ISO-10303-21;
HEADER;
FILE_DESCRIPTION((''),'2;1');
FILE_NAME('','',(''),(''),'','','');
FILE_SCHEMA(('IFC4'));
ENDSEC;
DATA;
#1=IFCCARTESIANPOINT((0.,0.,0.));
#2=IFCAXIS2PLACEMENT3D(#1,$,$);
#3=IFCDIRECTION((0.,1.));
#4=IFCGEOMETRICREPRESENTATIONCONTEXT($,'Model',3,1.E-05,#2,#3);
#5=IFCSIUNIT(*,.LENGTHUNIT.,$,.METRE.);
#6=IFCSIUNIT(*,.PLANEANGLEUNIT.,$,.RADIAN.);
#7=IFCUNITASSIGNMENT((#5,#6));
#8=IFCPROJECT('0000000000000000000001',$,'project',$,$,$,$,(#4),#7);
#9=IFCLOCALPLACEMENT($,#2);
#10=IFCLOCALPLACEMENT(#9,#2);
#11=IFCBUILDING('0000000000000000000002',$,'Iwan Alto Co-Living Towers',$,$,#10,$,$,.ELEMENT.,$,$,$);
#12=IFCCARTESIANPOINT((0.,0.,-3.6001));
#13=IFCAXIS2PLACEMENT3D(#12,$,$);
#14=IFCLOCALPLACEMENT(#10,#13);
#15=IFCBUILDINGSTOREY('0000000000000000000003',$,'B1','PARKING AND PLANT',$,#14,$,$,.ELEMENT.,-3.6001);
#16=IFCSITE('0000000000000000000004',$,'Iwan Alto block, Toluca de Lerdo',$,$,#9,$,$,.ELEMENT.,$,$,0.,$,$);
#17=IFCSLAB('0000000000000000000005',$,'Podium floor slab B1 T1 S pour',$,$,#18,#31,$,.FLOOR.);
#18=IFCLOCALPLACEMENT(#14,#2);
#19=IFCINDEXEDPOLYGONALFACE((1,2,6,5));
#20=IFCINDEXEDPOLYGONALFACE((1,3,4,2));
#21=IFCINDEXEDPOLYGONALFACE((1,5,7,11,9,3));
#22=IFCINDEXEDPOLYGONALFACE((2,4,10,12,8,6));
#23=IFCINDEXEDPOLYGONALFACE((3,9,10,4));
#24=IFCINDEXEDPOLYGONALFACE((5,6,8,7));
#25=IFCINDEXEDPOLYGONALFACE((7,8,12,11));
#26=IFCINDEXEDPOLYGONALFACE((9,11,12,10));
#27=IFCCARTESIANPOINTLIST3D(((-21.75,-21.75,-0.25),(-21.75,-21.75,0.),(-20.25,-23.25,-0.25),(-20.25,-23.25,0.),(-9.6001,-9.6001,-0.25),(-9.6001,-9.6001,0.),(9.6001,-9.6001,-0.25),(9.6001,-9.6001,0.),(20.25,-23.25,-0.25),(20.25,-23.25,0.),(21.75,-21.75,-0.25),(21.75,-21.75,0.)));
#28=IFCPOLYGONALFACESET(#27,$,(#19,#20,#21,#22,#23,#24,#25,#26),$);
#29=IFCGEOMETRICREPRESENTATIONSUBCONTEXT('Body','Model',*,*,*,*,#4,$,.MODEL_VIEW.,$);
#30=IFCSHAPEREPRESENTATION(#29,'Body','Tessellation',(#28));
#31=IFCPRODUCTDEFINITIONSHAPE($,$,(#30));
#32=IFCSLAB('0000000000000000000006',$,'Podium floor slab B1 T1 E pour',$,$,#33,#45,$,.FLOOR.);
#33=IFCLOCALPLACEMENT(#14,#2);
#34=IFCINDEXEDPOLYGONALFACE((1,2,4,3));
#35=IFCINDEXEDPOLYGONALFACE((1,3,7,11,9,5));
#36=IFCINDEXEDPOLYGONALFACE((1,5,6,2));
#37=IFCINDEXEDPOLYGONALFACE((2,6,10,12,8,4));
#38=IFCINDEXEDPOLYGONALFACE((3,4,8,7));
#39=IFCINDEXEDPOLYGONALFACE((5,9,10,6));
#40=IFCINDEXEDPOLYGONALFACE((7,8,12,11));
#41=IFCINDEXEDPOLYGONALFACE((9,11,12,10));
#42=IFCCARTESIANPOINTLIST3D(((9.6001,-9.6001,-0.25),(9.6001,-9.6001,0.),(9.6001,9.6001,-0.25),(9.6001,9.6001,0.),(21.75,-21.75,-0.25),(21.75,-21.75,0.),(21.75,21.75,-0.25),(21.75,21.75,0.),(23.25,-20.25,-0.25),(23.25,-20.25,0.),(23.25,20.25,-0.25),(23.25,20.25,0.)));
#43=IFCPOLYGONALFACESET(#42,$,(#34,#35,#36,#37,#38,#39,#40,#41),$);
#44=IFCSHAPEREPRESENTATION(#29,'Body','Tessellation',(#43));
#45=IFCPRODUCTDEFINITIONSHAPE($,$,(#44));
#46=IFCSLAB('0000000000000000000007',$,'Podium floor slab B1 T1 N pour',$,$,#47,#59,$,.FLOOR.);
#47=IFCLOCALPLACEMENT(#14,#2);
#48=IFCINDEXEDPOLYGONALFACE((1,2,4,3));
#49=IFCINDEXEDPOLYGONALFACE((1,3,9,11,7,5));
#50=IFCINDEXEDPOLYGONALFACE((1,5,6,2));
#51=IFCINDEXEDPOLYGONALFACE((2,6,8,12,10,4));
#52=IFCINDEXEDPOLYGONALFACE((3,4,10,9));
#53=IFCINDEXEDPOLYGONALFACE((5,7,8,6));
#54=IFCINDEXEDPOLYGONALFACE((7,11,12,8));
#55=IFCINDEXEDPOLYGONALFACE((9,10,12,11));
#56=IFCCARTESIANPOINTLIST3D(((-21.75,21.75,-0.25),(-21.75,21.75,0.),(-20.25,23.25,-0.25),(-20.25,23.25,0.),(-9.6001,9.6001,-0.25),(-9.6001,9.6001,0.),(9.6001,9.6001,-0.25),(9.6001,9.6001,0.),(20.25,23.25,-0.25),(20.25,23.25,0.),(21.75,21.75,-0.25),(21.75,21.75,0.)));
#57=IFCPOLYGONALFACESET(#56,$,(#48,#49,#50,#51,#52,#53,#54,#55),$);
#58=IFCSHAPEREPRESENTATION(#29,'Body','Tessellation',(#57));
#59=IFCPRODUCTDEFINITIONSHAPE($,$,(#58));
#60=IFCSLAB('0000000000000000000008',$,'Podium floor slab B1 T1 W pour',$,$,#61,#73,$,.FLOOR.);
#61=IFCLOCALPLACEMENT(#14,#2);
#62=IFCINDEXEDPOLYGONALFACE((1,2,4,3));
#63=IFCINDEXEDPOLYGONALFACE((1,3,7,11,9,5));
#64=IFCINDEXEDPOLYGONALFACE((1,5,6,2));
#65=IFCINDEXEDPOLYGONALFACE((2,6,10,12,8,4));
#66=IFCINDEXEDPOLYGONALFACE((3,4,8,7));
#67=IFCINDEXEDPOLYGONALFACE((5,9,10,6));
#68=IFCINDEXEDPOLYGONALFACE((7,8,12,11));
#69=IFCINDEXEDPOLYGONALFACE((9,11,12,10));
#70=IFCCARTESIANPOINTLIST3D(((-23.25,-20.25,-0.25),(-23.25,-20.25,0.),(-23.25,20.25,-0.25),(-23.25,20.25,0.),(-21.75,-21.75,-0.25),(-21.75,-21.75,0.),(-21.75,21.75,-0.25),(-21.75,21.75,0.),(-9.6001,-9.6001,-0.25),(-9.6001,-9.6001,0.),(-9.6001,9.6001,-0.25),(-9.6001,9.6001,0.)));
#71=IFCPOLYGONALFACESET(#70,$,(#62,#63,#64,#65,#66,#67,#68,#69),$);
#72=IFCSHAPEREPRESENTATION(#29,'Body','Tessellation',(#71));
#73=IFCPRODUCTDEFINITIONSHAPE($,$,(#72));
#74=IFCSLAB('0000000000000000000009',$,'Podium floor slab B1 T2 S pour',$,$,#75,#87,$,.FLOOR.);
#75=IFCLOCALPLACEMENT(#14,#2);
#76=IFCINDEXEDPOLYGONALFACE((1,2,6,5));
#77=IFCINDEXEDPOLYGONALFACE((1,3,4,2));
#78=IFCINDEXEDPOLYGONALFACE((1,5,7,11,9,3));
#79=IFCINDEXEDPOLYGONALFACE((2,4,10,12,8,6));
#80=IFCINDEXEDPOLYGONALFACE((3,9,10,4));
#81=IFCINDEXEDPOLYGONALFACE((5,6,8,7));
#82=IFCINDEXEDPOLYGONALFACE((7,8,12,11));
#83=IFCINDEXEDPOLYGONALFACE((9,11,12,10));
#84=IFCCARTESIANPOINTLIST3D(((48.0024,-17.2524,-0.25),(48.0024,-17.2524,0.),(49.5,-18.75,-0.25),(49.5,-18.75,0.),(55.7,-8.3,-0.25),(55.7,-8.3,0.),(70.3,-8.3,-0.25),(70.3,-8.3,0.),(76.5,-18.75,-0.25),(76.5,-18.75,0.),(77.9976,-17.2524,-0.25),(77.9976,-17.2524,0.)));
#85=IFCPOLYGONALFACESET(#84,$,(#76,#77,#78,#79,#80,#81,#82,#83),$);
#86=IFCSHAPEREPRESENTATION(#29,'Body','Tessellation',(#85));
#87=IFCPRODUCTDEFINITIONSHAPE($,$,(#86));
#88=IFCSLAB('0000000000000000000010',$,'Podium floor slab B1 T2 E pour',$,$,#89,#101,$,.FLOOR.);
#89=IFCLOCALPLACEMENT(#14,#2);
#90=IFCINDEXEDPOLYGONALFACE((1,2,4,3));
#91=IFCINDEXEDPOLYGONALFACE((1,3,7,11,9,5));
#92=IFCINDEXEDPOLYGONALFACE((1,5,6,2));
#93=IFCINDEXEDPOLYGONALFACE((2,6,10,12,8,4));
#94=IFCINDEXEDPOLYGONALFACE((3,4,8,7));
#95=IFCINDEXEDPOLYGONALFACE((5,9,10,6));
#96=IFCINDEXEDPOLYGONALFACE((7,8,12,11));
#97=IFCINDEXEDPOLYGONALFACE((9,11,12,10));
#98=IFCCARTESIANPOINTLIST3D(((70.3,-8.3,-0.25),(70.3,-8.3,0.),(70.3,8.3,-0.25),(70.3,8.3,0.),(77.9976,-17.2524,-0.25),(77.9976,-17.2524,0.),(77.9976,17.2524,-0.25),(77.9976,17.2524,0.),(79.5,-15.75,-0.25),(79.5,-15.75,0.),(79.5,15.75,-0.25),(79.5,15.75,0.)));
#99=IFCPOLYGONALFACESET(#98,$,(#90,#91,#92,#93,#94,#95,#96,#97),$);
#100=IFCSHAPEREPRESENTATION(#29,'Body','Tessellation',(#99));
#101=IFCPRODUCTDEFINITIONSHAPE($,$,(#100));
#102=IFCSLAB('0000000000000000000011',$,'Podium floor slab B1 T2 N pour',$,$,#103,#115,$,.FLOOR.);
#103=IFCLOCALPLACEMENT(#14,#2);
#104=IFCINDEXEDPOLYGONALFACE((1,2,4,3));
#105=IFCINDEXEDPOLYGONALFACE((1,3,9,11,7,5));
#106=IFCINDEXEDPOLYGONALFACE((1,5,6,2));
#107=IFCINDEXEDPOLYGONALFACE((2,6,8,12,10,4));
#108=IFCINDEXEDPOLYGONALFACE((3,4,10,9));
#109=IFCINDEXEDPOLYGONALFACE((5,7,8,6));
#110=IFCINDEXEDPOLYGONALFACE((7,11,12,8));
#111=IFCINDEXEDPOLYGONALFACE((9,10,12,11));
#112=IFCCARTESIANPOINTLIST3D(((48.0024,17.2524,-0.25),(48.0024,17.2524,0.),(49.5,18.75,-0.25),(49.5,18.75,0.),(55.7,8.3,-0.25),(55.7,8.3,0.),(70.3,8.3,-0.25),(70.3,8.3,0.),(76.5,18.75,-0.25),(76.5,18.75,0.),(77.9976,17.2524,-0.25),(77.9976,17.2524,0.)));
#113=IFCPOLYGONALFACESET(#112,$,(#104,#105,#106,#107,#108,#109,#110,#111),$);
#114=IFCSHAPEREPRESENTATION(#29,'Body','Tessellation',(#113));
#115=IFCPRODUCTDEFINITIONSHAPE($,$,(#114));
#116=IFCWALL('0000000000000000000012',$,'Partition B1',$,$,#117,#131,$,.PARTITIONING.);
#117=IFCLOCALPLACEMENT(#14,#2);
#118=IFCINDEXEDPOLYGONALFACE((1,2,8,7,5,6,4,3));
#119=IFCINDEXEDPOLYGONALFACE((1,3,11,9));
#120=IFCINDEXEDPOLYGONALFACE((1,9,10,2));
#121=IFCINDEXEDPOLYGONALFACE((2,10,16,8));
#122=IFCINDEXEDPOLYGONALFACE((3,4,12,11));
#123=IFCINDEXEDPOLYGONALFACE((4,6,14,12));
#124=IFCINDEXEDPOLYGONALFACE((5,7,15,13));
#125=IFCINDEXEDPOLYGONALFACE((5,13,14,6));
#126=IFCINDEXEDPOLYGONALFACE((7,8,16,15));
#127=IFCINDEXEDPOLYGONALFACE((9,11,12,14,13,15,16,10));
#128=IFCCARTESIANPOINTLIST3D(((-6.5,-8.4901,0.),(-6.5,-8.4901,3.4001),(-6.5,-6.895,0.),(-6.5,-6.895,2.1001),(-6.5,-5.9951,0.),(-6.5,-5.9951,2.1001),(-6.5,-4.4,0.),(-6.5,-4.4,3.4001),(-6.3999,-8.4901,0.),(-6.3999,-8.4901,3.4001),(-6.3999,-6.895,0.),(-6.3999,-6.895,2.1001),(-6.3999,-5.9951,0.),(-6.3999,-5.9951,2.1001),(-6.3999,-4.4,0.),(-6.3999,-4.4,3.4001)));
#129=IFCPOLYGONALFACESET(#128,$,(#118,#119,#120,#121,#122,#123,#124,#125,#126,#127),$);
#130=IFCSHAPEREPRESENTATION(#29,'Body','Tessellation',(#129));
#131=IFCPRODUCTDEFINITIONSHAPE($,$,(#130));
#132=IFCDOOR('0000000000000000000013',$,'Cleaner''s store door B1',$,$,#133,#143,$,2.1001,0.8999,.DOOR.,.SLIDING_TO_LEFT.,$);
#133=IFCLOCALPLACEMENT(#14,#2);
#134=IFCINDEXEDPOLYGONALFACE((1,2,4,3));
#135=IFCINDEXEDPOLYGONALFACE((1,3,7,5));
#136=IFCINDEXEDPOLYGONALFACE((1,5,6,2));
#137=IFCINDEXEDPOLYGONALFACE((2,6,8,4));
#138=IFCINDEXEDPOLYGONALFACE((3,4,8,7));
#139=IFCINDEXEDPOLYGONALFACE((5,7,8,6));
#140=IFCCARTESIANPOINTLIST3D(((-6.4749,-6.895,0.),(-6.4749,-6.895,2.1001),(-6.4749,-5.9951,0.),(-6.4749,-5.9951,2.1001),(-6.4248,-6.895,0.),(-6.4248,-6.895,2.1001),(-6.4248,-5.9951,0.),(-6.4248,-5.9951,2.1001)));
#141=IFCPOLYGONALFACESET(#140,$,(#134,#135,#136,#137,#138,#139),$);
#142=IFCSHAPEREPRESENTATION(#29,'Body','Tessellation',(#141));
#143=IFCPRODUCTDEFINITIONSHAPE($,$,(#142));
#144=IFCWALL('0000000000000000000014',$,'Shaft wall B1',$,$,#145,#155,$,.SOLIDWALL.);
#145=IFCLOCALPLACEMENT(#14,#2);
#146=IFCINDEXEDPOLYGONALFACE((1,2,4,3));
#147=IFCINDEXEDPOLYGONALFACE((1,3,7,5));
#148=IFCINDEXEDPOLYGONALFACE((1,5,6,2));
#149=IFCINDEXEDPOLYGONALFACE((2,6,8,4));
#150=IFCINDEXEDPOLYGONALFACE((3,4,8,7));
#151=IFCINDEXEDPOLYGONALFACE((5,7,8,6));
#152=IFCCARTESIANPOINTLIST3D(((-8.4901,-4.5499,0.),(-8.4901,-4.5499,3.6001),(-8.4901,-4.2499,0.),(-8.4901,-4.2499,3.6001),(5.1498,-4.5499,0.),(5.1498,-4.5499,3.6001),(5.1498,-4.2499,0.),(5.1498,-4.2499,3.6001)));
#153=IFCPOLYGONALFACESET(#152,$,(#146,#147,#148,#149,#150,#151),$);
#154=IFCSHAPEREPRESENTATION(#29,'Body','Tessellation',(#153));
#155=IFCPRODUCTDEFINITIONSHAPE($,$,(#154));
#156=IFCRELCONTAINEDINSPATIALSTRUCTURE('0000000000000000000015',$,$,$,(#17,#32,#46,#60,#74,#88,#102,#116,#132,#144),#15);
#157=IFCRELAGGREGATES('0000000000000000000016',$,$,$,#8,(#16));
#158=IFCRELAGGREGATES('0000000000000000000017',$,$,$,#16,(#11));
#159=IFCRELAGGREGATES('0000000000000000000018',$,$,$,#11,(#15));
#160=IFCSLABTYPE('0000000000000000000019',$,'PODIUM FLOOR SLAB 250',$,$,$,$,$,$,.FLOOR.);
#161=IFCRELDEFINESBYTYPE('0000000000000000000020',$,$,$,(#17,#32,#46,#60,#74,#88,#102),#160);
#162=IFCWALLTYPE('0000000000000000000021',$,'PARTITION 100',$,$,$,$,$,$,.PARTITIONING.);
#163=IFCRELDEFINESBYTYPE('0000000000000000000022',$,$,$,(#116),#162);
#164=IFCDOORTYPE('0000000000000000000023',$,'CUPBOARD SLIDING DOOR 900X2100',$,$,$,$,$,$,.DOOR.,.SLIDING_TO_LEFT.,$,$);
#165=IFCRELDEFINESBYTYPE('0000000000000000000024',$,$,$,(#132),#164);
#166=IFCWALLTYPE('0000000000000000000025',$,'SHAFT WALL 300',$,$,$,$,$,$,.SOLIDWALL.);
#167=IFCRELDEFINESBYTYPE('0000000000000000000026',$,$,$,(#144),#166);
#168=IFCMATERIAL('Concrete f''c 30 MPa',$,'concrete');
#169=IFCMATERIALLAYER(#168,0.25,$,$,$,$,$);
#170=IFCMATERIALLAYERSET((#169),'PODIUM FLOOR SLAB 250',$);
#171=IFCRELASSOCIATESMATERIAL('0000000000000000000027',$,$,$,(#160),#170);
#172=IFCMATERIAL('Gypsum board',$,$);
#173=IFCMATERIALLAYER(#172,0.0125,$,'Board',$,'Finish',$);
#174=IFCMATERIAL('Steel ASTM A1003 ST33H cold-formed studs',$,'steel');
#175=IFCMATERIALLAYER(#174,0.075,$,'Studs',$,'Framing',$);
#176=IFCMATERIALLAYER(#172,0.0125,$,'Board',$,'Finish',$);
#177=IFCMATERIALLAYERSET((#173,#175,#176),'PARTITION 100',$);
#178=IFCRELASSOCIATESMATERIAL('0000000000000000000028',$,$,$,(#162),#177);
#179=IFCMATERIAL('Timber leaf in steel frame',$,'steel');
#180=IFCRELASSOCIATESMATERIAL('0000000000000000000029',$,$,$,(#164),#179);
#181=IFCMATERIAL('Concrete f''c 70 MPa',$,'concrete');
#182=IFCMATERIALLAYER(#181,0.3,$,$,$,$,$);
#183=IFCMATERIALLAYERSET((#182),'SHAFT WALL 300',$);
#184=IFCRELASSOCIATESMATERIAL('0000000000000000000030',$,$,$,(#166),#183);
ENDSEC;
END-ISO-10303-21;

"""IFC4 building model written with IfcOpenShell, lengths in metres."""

from ifc_helpers import new_model, si_unit, direction, frame, frame_2d, origin, place, context, subcontext, project, spatial, polyline, rectangle, outline, extrude, material, layer, layer_set, type_object, element, fill, save


model = new_model("IFC4")

# Units and contexts
model_context = context("Model", 3, precision=1e-05, world=origin(), true_north=direction((0.0, 1.0)))
body_context = subcontext(model_context, "Body", "Model", "MODEL_VIEW")
ifc_project = project(units=[si_unit("LENGTHUNIT", "METRE"), si_unit("PLANEANGLEUNIT", "RADIAN")], contexts=[model_context])

# Site, building, storey
site_placement = place(None, origin())
site = spatial("IfcSite", under=ifc_project, at=site_placement, Name="Iwan Alto block, Toluca de Lerdo", CompositionType="ELEMENT", RefElevation=0.0)
building_placement = place(site_placement, origin())
building = spatial("IfcBuilding", under=site, at=building_placement, Name="Iwan Alto Co-Living Towers", CompositionType="ELEMENT")
storey_placement = place(building_placement, frame((0.0, 0.0, -3.6001)))
storey = spatial("IfcBuildingStorey", under=building, at=storey_placement, Name="B1", Description="PARKING AND PLANT", CompositionType="ELEMENT", Elevation=-3.6001)

# Slabs
ifc_material_1 = material(Name="Concrete f'c 30 MPa", Category="concrete")
ifc_layer_1 = layer(ifc_material_1, 0.25)
ifc_layer_set_1 = layer_set([ifc_layer_1], Name="PODIUM FLOOR SLAB 250")
slab_type = type_object("IfcSlabType", Name="PODIUM FLOOR SLAB 250", PredefinedType="FLOOR", material=ifc_layer_set_1)
slab_1_placement = place(storey_placement, frame((0.0, 0.0, -0.25)))
element("IfcSlab", 1, at=slab_1_placement, inside=storey, type_object=slab_type, Name="Podium floor slab B1 T1 S pour", PredefinedType="FLOOR", context=body_context, shape_type="SweptSolid", body=[
    extrude(outline(polyline([(20.25, -23.25), (-20.25, -23.25), (-21.75, -21.75), (-9.6001, -9.6001), (9.6001, -9.6001), (21.75, -21.75), (20.25, -23.25)])), origin(), (0.0, 0.0, 1.0), 0.25),
])
slab_2_placement = place(storey_placement, frame((0.0, 0.0, -0.25)))
element("IfcSlab", 2, at=slab_2_placement, inside=storey, type_object=slab_type, Name="Podium floor slab B1 T1 E pour", PredefinedType="FLOOR", context=body_context, shape_type="SweptSolid", body=[
    extrude(outline(polyline([(23.25, 20.25), (23.25, -20.25), (21.75, -21.75), (9.6001, -9.6001), (9.6001, 9.6001), (21.75, 21.75), (23.25, 20.25)])), origin(), (0.0, 0.0, 1.0), 0.25),
])
slab_3_placement = place(storey_placement, frame((0.0, 0.0, -0.25)))
element("IfcSlab", 3, at=slab_3_placement, inside=storey, type_object=slab_type, Name="Podium floor slab B1 T1 N pour", PredefinedType="FLOOR", context=body_context, shape_type="SweptSolid", body=[
    extrude(outline(polyline([(-20.25, 23.25), (20.25, 23.25), (21.75, 21.75), (9.6001, 9.6001), (-9.6001, 9.6001), (-21.75, 21.75), (-20.25, 23.25)])), origin(), (0.0, 0.0, 1.0), 0.25),
])
slab_4_placement = place(storey_placement, frame((0.0, 0.0, -0.25)))
element("IfcSlab", 4, at=slab_4_placement, inside=storey, type_object=slab_type, Name="Podium floor slab B1 T1 W pour", PredefinedType="FLOOR", context=body_context, shape_type="SweptSolid", body=[
    extrude(outline(polyline([(-23.25, 20.25), (-21.75, 21.75), (-9.6001, 9.6001), (-9.6001, -9.6001), (-21.75, -21.75), (-23.25, -20.25), (-23.25, 20.25)])), origin(), (0.0, 0.0, 1.0), 0.25),
])
slab_5_placement = place(storey_placement, frame((0.0, 0.0, -0.25)))
element("IfcSlab", 5, at=slab_5_placement, inside=storey, type_object=slab_type, Name="Podium floor slab B1 T2 S pour", PredefinedType="FLOOR", context=body_context, shape_type="SweptSolid", body=[
    extrude(outline(polyline([(76.5, -18.75), (49.5, -18.75), (48.0024, -17.2524), (55.7, -8.3), (70.3, -8.3), (77.9976, -17.2524), (76.5, -18.75)])), origin(), (0.0, 0.0, 1.0), 0.25),
])
slab_6_placement = place(storey_placement, frame((0.0, 0.0, -0.25)))
element("IfcSlab", 6, at=slab_6_placement, inside=storey, type_object=slab_type, Name="Podium floor slab B1 T2 E pour", PredefinedType="FLOOR", context=body_context, shape_type="SweptSolid", body=[
    extrude(outline(polyline([(79.5, 15.75), (79.5, -15.75), (77.9976, -17.2524), (70.3, -8.3), (70.3, 8.3), (77.9976, 17.2524), (79.5, 15.75)])), origin(), (0.0, 0.0, 1.0), 0.25),
])
slab_7_placement = place(storey_placement, frame((0.0, 0.0, -0.25)))
element("IfcSlab", 7, at=slab_7_placement, inside=storey, type_object=slab_type, Name="Podium floor slab B1 T2 N pour", PredefinedType="FLOOR", context=body_context, shape_type="SweptSolid", body=[
    extrude(outline(polyline([(49.5, 18.75), (76.5, 18.75), (77.9976, 17.2524), (70.3, 8.3), (55.7, 8.3), (48.0024, 17.2524), (49.5, 18.75)])), origin(), (0.0, 0.0, 1.0), 0.25),
])

# Wall, opening, door
ifc_material_2 = material(Name="Gypsum board")
ifc_layer_2 = layer(ifc_material_2, 0.0125, Name="Board", Category="Finish")
ifc_material_3 = material(Name="Steel ASTM A1003 ST33H cold-formed studs", Category="steel")
ifc_layer_3 = layer(ifc_material_3, 0.075, Name="Studs", Category="Framing")
ifc_layer_4 = layer(ifc_material_2, 0.0125, Name="Board", Category="Finish")
ifc_layer_set_2 = layer_set([ifc_layer_2, ifc_layer_3, ifc_layer_4], Name="PARTITION 100")
wall_type_1 = type_object("IfcWallType", Name="PARTITION 100", PredefinedType="PARTITIONING", material=ifc_layer_set_2)
wall_1_placement = place(storey_placement, frame((-6.45, -8.49, 0.0), z_axis=(0.0, 0.0, 1.0), x_axis=(0.0, 1.0, 0.0)))
wall_1 = element("IfcWall", 8, at=wall_1_placement, inside=storey, type_object=wall_type_1, Name="Partition B1", PredefinedType="PARTITIONING", context=body_context, shape_type="SweptSolid", body=[
    extrude(rectangle(XDim=4.0901, YDim=0.1001, at=frame_2d((2.0449, 0.0))), origin(), (0.0, 0.0, 1.0), 3.4001),
])
opening_1_placement = place(wall_1_placement, frame((1.595, 0.0, 0.0)))
opening_1 = element("IfcOpeningElement", 9, at=opening_1_placement, cuts=wall_1, PredefinedType="OPENING", context=body_context, shape_type="SweptSolid", body=[
    extrude(rectangle(XDim=0.8999, YDim=2.1001, at=frame_2d((0.45, 1.05))), frame((0.0, 0.0601, 0.0), z_axis=(0.0, -1.0, 0.0), x_axis=(1.0, 0.0, 0.0)), (0.0, 0.0, 1.0), 0.1201),
])
ifc_material_4 = material(Name="Timber leaf in steel frame", Category="steel")
door_type_1 = type_object("IfcDoorType", Name="CUPBOARD SLIDING DOOR 900X2100", OperationType="SLIDING_TO_LEFT", PredefinedType="DOOR", material=ifc_material_4)
door_1_placement = place(opening_1_placement, origin())
door_1 = element("IfcDoor", 10, at=door_1_placement, inside=storey, type_object=door_type_1, Name="Cleaner's store door B1", OperationType="SLIDING_TO_LEFT", OverallHeight=2.1001, OverallWidth=0.8999, PredefinedType="DOOR", context=body_context, shape_type="SweptSolid", body=[
    extrude(rectangle(XDim=0.8999, YDim=2.1001, at=frame_2d((0.45, 1.05))), frame((0.0, 0.0249, 0.0), z_axis=(0.0, -1.0, 0.0), x_axis=(1.0, 0.0, 0.0)), (0.0, 0.0, 1.0), 0.05),
])
fill(opening_1, door_1)

# Wall
ifc_material_5 = material(Name="Concrete f'c 70 MPa", Category="concrete")
ifc_layer_5 = layer(ifc_material_5, 0.3)
ifc_layer_set_3 = layer_set([ifc_layer_5], Name="SHAFT WALL 300")
wall_type_2 = type_object("IfcWallType", Name="SHAFT WALL 300", PredefinedType="SOLIDWALL", material=ifc_layer_set_3)
wall_2_placement = place(storey_placement, frame((-8.49, -4.3999, 0.0), z_axis=(0.0, 0.0, 1.0), x_axis=(1.0, 0.0, 0.0)))
element("IfcWall", 11, at=wall_2_placement, inside=storey, type_object=wall_type_2, Name="Shaft wall B1", PredefinedType="SOLIDWALL", context=body_context, shape_type="SweptSolid", body=[
    extrude(rectangle(XDim=13.6399, YDim=0.3, at=frame_2d((6.8198, 0.0))), origin(), (0.0, 0.0, 1.0), 3.6001),
])

save(model, "model.ifc")
